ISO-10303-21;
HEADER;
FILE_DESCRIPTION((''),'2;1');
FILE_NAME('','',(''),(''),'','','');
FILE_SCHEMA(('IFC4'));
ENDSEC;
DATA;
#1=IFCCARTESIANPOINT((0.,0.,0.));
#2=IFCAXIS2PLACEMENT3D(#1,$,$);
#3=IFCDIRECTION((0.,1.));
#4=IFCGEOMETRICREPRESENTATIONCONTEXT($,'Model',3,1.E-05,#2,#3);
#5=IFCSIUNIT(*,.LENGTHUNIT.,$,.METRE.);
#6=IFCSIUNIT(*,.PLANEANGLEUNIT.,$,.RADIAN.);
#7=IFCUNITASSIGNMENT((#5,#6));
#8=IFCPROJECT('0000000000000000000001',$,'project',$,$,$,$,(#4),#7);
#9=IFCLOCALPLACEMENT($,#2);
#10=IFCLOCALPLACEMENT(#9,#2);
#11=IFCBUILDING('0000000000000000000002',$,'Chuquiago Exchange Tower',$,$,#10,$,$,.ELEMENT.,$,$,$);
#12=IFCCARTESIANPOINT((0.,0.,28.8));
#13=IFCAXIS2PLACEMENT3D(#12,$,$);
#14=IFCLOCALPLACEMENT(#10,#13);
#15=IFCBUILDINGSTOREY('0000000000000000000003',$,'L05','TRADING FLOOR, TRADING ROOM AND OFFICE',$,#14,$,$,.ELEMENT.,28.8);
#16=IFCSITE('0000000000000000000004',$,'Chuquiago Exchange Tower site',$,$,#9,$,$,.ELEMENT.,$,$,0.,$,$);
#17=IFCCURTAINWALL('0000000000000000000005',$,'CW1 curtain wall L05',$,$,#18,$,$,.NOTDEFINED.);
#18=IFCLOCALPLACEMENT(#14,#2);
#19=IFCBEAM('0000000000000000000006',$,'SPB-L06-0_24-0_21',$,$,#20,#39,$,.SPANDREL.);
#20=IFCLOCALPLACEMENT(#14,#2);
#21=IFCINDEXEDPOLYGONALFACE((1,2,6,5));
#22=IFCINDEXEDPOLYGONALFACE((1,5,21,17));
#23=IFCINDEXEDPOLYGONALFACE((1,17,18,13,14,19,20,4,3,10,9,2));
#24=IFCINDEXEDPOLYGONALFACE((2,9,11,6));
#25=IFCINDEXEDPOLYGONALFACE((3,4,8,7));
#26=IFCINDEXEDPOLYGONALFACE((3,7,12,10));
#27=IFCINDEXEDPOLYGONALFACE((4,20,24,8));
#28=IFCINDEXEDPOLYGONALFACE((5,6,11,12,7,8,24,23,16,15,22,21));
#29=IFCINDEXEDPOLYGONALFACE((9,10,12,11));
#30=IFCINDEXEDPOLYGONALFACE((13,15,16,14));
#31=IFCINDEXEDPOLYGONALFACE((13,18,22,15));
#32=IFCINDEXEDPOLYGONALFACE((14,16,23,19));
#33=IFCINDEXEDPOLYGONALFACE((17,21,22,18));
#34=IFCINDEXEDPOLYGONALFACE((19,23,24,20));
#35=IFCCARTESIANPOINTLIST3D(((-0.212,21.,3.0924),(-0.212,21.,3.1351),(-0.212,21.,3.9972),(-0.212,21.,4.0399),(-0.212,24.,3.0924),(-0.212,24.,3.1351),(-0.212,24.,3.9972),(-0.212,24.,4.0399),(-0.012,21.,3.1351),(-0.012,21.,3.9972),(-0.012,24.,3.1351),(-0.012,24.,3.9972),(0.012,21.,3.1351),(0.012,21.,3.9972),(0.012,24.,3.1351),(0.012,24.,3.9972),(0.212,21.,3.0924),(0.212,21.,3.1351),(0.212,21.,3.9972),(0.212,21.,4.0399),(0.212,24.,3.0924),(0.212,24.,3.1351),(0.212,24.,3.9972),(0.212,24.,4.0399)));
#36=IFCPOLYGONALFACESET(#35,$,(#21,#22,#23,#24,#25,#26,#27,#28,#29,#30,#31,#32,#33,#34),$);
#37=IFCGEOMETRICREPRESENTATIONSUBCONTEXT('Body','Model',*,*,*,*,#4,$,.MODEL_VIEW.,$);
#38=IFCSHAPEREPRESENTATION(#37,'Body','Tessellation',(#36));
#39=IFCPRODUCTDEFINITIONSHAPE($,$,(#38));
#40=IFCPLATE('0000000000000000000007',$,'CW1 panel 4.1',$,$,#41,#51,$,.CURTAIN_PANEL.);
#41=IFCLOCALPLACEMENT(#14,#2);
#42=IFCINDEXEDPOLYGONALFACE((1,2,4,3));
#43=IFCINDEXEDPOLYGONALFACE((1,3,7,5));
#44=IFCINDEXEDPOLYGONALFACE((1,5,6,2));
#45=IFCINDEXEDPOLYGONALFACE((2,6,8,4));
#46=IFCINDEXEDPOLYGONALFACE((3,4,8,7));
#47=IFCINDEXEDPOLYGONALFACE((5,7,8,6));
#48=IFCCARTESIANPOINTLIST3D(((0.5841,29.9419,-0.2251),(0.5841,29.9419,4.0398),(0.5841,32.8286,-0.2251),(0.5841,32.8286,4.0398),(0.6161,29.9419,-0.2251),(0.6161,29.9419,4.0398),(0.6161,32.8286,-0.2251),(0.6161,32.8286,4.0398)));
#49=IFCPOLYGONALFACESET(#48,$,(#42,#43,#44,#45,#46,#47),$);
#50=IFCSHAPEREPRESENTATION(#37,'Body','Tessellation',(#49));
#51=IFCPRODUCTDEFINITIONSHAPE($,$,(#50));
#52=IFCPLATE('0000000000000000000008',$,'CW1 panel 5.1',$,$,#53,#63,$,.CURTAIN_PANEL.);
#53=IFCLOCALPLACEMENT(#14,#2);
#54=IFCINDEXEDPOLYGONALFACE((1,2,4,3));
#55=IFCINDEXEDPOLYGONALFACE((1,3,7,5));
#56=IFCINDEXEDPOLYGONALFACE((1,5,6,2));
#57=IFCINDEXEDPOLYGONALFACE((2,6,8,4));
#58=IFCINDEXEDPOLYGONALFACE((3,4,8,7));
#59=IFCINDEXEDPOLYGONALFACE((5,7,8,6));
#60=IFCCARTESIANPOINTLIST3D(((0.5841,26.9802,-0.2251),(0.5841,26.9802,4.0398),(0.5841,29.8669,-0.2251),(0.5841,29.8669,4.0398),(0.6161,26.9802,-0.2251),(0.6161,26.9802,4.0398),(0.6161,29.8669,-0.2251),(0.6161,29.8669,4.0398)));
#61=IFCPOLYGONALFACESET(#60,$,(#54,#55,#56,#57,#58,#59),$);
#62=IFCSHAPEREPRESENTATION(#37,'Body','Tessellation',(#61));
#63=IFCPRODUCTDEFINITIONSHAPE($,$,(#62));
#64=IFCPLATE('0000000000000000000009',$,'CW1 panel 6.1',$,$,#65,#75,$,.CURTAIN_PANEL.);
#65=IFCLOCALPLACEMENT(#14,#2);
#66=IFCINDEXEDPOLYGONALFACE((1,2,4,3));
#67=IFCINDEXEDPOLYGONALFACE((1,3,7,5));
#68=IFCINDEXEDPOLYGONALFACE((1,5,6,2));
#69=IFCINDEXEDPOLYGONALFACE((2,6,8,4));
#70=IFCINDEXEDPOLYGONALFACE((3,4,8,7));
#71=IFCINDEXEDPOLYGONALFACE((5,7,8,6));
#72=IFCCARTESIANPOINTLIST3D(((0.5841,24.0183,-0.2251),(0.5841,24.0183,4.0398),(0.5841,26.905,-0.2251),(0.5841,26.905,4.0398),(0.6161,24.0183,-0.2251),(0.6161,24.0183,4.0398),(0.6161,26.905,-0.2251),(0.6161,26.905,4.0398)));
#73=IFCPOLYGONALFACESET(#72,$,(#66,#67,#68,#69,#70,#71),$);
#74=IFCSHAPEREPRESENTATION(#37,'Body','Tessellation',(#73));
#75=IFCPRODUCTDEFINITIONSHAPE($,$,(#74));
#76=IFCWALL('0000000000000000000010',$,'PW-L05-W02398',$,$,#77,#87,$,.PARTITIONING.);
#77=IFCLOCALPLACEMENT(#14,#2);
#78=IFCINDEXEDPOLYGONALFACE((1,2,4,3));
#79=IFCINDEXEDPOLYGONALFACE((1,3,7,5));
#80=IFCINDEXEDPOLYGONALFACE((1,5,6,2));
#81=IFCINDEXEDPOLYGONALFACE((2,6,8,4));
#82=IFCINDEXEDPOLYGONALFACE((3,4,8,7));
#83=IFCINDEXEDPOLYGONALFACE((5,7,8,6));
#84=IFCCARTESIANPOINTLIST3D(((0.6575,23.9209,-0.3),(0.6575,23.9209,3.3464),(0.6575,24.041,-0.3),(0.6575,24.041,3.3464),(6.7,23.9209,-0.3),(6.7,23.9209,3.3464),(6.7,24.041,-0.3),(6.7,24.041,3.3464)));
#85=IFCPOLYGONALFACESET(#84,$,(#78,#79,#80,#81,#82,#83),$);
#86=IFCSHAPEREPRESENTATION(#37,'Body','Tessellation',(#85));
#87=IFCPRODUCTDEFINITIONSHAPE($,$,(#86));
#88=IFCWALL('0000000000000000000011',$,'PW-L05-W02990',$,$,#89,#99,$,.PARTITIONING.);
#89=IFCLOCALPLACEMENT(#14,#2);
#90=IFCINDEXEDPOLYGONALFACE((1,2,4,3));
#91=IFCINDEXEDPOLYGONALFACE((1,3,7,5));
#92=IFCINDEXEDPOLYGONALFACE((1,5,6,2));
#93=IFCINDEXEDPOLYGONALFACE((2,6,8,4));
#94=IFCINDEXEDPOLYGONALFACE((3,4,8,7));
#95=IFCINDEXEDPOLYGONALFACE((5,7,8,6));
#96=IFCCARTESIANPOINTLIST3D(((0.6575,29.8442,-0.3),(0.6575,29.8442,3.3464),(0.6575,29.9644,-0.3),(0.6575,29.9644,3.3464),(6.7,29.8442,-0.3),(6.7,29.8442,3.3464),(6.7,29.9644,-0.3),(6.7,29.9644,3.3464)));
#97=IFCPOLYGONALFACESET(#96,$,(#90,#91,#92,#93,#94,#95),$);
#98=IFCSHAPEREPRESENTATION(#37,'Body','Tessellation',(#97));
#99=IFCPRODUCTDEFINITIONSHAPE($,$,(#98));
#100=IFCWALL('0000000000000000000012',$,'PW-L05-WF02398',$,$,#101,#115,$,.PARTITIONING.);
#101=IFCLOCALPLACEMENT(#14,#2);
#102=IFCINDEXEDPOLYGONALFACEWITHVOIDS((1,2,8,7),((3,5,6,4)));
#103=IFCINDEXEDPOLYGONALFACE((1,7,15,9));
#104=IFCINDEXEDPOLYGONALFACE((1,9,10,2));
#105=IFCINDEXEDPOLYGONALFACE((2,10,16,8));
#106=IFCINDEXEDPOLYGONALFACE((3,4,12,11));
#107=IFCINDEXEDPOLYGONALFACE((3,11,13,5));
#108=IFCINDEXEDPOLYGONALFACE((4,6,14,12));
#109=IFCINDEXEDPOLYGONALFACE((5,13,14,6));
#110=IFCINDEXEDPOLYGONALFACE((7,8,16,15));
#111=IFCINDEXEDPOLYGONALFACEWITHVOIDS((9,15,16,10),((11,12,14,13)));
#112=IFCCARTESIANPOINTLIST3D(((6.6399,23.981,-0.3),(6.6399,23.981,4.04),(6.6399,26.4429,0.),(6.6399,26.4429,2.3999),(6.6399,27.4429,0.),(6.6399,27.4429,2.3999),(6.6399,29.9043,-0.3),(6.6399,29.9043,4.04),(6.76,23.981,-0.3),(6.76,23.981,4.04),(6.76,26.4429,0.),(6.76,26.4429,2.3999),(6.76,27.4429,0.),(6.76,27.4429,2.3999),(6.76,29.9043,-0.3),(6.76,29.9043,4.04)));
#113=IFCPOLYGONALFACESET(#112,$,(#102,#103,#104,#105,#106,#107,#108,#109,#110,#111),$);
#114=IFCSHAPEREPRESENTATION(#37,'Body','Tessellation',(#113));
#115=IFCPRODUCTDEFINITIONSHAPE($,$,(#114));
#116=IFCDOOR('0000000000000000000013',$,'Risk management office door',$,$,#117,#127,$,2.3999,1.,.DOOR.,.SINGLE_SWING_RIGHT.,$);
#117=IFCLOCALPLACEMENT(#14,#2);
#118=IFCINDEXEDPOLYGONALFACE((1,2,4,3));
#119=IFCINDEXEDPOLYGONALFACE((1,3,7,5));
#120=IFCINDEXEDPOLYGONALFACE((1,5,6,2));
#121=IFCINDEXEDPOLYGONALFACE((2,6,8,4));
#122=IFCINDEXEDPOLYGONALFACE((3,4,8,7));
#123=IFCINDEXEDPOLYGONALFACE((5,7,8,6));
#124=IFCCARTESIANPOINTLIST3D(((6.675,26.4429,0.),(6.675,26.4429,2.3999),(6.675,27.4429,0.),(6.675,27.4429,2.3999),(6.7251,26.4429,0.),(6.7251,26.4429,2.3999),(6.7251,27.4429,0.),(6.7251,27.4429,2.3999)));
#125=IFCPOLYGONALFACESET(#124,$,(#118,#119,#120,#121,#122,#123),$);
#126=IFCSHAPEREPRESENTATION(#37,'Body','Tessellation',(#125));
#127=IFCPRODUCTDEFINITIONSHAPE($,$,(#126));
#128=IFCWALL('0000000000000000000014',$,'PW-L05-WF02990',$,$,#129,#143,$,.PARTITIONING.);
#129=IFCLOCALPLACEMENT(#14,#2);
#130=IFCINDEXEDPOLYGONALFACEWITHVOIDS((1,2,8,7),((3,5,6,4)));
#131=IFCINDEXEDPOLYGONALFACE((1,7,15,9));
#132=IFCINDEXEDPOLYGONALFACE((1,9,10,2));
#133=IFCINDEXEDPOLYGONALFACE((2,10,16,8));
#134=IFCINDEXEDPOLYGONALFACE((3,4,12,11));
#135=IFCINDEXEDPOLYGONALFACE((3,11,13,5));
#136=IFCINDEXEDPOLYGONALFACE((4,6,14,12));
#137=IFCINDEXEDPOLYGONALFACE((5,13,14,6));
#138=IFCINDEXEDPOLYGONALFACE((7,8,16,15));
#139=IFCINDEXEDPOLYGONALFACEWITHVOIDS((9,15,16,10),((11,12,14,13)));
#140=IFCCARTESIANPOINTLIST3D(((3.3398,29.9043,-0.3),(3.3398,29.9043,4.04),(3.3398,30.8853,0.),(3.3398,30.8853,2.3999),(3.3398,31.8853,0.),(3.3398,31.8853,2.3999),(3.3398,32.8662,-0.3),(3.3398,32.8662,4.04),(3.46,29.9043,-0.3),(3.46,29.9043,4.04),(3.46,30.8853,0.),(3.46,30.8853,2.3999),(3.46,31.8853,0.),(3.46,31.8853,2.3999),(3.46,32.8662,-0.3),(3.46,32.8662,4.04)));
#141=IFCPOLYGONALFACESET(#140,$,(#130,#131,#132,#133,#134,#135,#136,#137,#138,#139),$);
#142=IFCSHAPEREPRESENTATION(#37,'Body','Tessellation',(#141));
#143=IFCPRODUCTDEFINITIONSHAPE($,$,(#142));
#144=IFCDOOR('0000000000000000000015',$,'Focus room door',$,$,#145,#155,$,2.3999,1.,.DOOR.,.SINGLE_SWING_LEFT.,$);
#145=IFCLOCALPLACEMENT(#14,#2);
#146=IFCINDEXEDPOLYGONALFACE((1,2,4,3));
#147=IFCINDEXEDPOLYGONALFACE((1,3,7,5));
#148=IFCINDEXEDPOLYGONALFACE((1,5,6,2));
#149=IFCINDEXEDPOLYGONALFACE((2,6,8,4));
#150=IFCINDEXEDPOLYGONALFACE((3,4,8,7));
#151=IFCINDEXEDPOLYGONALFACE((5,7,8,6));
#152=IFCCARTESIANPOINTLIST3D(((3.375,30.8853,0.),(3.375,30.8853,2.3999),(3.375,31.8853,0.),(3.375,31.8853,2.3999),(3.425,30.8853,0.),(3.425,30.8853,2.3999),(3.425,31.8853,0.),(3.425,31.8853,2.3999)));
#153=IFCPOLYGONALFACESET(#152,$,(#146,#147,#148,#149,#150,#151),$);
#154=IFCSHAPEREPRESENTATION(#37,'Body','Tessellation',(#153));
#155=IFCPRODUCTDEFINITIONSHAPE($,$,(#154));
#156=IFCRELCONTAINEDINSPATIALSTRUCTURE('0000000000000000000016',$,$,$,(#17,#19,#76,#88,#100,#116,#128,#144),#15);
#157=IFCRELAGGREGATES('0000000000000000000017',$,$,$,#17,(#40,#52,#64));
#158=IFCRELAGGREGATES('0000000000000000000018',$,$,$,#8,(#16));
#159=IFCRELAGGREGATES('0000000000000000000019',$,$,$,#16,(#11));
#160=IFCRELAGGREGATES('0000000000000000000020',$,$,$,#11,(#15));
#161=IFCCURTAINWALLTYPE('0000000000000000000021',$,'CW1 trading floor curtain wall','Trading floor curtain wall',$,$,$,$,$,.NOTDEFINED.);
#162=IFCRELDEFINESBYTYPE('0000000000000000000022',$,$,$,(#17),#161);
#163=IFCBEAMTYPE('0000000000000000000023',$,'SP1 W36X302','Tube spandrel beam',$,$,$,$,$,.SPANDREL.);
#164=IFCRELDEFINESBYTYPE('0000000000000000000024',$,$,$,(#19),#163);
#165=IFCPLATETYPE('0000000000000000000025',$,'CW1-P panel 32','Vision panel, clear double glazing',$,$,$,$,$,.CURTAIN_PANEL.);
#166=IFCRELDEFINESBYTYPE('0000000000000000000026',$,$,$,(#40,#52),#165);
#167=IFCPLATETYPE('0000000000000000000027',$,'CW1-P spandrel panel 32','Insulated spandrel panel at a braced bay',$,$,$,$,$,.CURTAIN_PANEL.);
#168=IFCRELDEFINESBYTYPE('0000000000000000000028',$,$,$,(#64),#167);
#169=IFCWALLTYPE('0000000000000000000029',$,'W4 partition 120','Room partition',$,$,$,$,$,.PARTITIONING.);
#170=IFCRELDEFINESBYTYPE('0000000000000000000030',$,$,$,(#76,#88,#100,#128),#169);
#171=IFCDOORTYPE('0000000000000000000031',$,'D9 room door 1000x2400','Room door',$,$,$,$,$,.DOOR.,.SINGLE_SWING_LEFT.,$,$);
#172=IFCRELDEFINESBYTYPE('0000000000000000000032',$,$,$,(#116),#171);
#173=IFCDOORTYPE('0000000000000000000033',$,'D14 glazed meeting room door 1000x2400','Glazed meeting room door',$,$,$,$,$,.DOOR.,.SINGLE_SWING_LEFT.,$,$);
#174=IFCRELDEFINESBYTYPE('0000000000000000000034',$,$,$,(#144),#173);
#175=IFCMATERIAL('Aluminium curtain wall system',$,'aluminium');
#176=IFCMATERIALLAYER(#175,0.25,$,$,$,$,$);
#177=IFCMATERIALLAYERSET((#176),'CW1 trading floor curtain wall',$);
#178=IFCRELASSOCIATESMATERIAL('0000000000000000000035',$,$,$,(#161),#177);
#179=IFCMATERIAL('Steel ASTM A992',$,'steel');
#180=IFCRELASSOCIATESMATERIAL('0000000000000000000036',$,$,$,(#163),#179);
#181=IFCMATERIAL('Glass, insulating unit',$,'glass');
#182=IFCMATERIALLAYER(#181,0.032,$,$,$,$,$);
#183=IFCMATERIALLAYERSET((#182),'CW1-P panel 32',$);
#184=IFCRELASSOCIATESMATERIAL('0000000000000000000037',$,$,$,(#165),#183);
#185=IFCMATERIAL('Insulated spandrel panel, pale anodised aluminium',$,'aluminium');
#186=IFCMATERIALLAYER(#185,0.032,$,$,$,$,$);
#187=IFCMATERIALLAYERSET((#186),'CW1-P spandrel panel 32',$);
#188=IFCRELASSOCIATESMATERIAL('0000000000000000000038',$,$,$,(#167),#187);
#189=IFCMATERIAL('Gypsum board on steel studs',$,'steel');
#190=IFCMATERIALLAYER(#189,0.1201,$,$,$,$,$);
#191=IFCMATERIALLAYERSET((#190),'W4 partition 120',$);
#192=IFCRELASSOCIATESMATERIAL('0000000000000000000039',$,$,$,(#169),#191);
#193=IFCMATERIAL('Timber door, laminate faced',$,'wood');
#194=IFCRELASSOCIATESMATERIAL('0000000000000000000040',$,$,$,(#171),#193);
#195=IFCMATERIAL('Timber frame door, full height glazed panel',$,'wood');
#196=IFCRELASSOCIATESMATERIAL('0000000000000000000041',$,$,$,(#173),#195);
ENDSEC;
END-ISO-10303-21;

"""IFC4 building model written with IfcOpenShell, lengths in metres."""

from ifc_helpers import new_model, si_unit, direction, frame, frame_2d, origin, origin_2d, place, context, subcontext, project, spatial, rectangle, i_section, extrude, material, layer, layer_set, material_profile, profile_set, type_object, element, fill, aggregate, save


model = new_model("IFC4")

# Units and contexts
model_context = context("Model", 3, precision=1e-05, world=origin(), true_north=direction((0.0, 1.0)))
body_context = subcontext(model_context, "Body", "Model", "MODEL_VIEW")
ifc_project = project(units=[si_unit("LENGTHUNIT", "METRE"), si_unit("PLANEANGLEUNIT", "RADIAN")], contexts=[model_context])

# Site, building, storey
site_placement = place(None, origin())
site = spatial("IfcSite", under=ifc_project, at=site_placement, Name="Chuquiago Exchange Tower site", CompositionType="ELEMENT", RefElevation=0.0)
building_placement = place(site_placement, origin())
building = spatial("IfcBuilding", under=site, at=building_placement, Name="Chuquiago Exchange Tower", CompositionType="ELEMENT")
storey_placement = place(building_placement, frame((0.0, 0.0, 28.8)))
storey = spatial("IfcBuildingStorey", under=building, at=storey_placement, Name="L05", Description="TRADING FLOOR, TRADING ROOM AND OFFICE", CompositionType="ELEMENT", Elevation=28.8)

# Curtain wall
ifc_material_1 = material(Name="Aluminium curtain wall system", Category="aluminium")
ifc_layer_1 = layer(ifc_material_1, 0.25)
ifc_layer_set_1 = layer_set([ifc_layer_1], Name="CW1 trading floor curtain wall")
curtain_wall_type = type_object("IfcCurtainWallType", Name="CW1 trading floor curtain wall", Description="Trading floor curtain wall", PredefinedType="NOTDEFINED", material=ifc_layer_set_1)
curtain_wall_placement = place(storey_placement, origin())
curtain_wall = element("IfcCurtainWall", 1, at=curtain_wall_placement, inside=storey, type_object=curtain_wall_type, Name="CW1 curtain wall L05", PredefinedType="NOTDEFINED")

# Beam
ifc_material_2 = material(Name="Steel ASTM A992", Category="steel")
ifc_material_profile_1 = material_profile(ifc_material_2, i_section(OverallWidth=0.4241, OverallDepth=0.9475, WebThickness=0.0239, FlangeThickness=0.0427, at=origin_2d()), Name="W36X302")
ifc_profile_set_1 = profile_set([ifc_material_profile_1], Name="Steel ASTM A992")
beam_type = type_object("IfcBeamType", Name="SP1 W36X302", Description="Tube spandrel beam", PredefinedType="SPANDREL", material=ifc_profile_set_1)
for number, where, z_axis, x_axis, name in (
    (2, (0.0, 24.0, 3.5662), (0.0, -1.0, 0.0), (1.0, 0.0, 0.0), "SPB-L06-0_24-0_21"),
):
    element("IfcBeam", number, at=place(storey_placement, frame(where, z_axis=z_axis, x_axis=x_axis)), inside=storey, type_object=beam_type, Name=name, PredefinedType="SPANDREL", context=body_context, shape_type="SweptSolid", body=[
        extrude(i_section(OverallWidth=0.4241, OverallDepth=0.9475, WebThickness=0.0239, FlangeThickness=0.0427, at=origin_2d()), origin(), (0.0, 0.0, 1.0), 3.0),
    ])

# Plates
ifc_material_3 = material(Name="Glass, insulating unit", Category="glass")
ifc_layer_2 = layer(ifc_material_3, 0.032)
ifc_layer_set_2 = layer_set([ifc_layer_2], Name="CW1-P panel 32")
plate_type_1 = type_object("IfcPlateType", Name="CW1-P panel 32", Description="Vision panel, clear double glazing", PredefinedType="CURTAIN_PANEL", material=ifc_layer_set_2)
plate_1_placement = place(storey_placement, frame((0.6001, 31.3853, -0.2251), z_axis=(0.0, 0.0, 1.0), x_axis=(0.0, -1.0, 0.0)))
plate_1 = element("IfcPlate", 3, at=plate_1_placement, type_object=plate_type_1, Name="CW1 panel 4.1", PredefinedType="CURTAIN_PANEL", context=body_context, shape_type="SweptSolid", body=[
    extrude(rectangle(XDim=2.8867, YDim=0.032, at=origin_2d()), origin(), (0.0, 0.0, 1.0), 4.2649),
])
plate_2_placement = place(storey_placement, frame((0.6001, 28.4236, -0.2251), z_axis=(0.0, 0.0, 1.0), x_axis=(0.0, -1.0, 0.0)))
plate_2 = element("IfcPlate", 4, at=plate_2_placement, type_object=plate_type_1, Name="CW1 panel 5.1", PredefinedType="CURTAIN_PANEL", context=body_context, shape_type="SweptSolid", body=[
    extrude(rectangle(XDim=2.8867, YDim=0.032, at=origin_2d()), origin(), (0.0, 0.0, 1.0), 4.2649),
])
ifc_material_4 = material(Name="Insulated spandrel panel, pale anodised aluminium", Category="aluminium")
ifc_layer_3 = layer(ifc_material_4, 0.032)
ifc_layer_set_3 = layer_set([ifc_layer_3], Name="CW1-P spandrel panel 32")
plate_type_2 = type_object("IfcPlateType", Name="CW1-P spandrel panel 32", Description="Insulated spandrel panel at a braced bay", PredefinedType="CURTAIN_PANEL", material=ifc_layer_set_3)
plate_3_placement = place(storey_placement, frame((0.6001, 25.4617, -0.2251), z_axis=(0.0, 0.0, 1.0), x_axis=(0.0, -1.0, 0.0)))
plate_3 = element("IfcPlate", 5, at=plate_3_placement, type_object=plate_type_2, Name="CW1 panel 6.1", PredefinedType="CURTAIN_PANEL", context=body_context, shape_type="SweptSolid", body=[
    extrude(rectangle(XDim=2.8867, YDim=0.032, at=origin_2d()), origin(), (0.0, 0.0, 1.0), 4.2649),
])
aggregate(curtain_wall, [plate_1, plate_2, plate_3])

# Walls
ifc_material_5 = material(Name="Gypsum board on steel studs", Category="steel")
ifc_layer_4 = layer(ifc_material_5, 0.1201)
ifc_layer_set_4 = layer_set([ifc_layer_4], Name="W4 partition 120")
wall_type = type_object("IfcWallType", Name="W4 partition 120", Description="Room partition", PredefinedType="PARTITIONING", material=ifc_layer_set_4)
for number, where, z_axis, x_axis, name in (
    (6, (0.6575, 23.981, -0.3), (0.0, 0.0, 1.0), (1.0, 0.0, 0.0), "PW-L05-W02398"),
    (7, (0.6575, 29.9043, -0.3), (0.0, 0.0, 1.0), (1.0, 0.0, 0.0), "PW-L05-W02990"),
):
    element("IfcWall", number, at=place(storey_placement, frame(where, z_axis=z_axis, x_axis=x_axis)), inside=storey, type_object=wall_type, Name=name, PredefinedType="PARTITIONING", context=body_context, shape_type="SweptSolid", body=[
        extrude(rectangle(XDim=6.0425, YDim=0.1201, at=frame_2d((3.0212, 0.0))), origin(), (0.0, 0.0, 1.0), 3.6465),
    ])

# Walls, openings, doors
wall_1_placement = place(storey_placement, frame((6.7, 23.981, -0.3), z_axis=(0.0, 0.0, 1.0), x_axis=(0.0, 1.0, 0.0)))
wall_1 = element("IfcWall", 8, at=wall_1_placement, inside=storey, type_object=wall_type, Name="PW-L05-WF02398", PredefinedType="PARTITIONING", context=body_context, shape_type="SweptSolid", body=[
    extrude(rectangle(XDim=5.9233, YDim=0.1201, at=frame_2d((2.9617, 0.0))), origin(), (0.0, 0.0, 1.0), 4.3401),
])
opening_1_placement = place(wall_1_placement, frame((2.4619, 0.0, 0.3)))
opening_1 = element("IfcOpeningElement", 9, at=opening_1_placement, cuts=wall_1, PredefinedType="OPENING", context=body_context, shape_type="SweptSolid", body=[
    extrude(rectangle(XDim=1.0, YDim=2.3999, at=frame_2d((0.5, 1.2))), frame((0.0, 0.0701, 0.0), z_axis=(0.0, -1.0, 0.0), x_axis=(1.0, 0.0, 0.0)), (0.0, 0.0, 1.0), 0.1401),
])
ifc_material_6 = material(Name="Timber door, laminate faced", Category="wood")
door_type_1 = type_object("IfcDoorType", Name="D9 room door 1000x2400", Description="Room door", OperationType="SINGLE_SWING_LEFT", PredefinedType="DOOR", material=ifc_material_6)
door_1_placement = place(opening_1_placement, origin())
door_1 = element("IfcDoor", 10, at=door_1_placement, inside=storey, type_object=door_type_1, Name="Risk management office door", OperationType="SINGLE_SWING_RIGHT", OverallHeight=2.3999, OverallWidth=1.0, PredefinedType="DOOR", context=body_context, shape_type="SweptSolid", body=[
    extrude(rectangle(XDim=1.0, YDim=2.3999, at=frame_2d((0.5, 1.2))), frame((0.0, 0.0249, 0.0), z_axis=(0.0, -1.0, 0.0), x_axis=(1.0, 0.0, 0.0)), (0.0, 0.0, 1.0), 0.05),
])
fill(opening_1, door_1)
wall_2_placement = place(storey_placement, frame((3.3999, 29.9043, -0.3), z_axis=(0.0, 0.0, 1.0), x_axis=(0.0, 1.0, 0.0)))
wall_2 = element("IfcWall", 11, at=wall_2_placement, inside=storey, type_object=wall_type, Name="PW-L05-WF02990", PredefinedType="PARTITIONING", context=body_context, shape_type="SweptSolid", body=[
    extrude(rectangle(XDim=2.9619, YDim=0.1201, at=frame_2d((1.481, 0.0))), origin(), (0.0, 0.0, 1.0), 4.3401),
])
opening_2_placement = place(wall_2_placement, frame((0.981, 0.0, 0.3)))
opening_2 = element("IfcOpeningElement", 12, at=opening_2_placement, cuts=wall_2, PredefinedType="OPENING", context=body_context, shape_type="SweptSolid", body=[
    extrude(rectangle(XDim=1.0, YDim=2.3999, at=frame_2d((0.5, 1.2))), frame((0.0, 0.0701, 0.0), z_axis=(0.0, -1.0, 0.0), x_axis=(1.0, 0.0, 0.0)), (0.0, 0.0, 1.0), 0.1401),
])
ifc_material_7 = material(Name="Timber frame door, full height glazed panel", Category="wood")
door_type_2 = type_object("IfcDoorType", Name="D14 glazed meeting room door 1000x2400", Description="Glazed meeting room door", OperationType="SINGLE_SWING_LEFT", PredefinedType="DOOR", material=ifc_material_7)
door_2_placement = place(opening_2_placement, origin())
door_2 = element("IfcDoor", 13, at=door_2_placement, inside=storey, type_object=door_type_2, Name="Focus room door", OperationType="SINGLE_SWING_LEFT", OverallHeight=2.3999, OverallWidth=1.0, PredefinedType="DOOR", context=body_context, shape_type="SweptSolid", body=[
    extrude(rectangle(XDim=1.0, YDim=2.3999, at=frame_2d((0.5, 1.2))), frame((0.0, 0.0249, 0.0), z_axis=(0.0, -1.0, 0.0), x_axis=(1.0, 0.0, 0.0)), (0.0, 0.0, 1.0), 0.05),
])
fill(opening_2, door_2)

save(model, "model.ifc")
